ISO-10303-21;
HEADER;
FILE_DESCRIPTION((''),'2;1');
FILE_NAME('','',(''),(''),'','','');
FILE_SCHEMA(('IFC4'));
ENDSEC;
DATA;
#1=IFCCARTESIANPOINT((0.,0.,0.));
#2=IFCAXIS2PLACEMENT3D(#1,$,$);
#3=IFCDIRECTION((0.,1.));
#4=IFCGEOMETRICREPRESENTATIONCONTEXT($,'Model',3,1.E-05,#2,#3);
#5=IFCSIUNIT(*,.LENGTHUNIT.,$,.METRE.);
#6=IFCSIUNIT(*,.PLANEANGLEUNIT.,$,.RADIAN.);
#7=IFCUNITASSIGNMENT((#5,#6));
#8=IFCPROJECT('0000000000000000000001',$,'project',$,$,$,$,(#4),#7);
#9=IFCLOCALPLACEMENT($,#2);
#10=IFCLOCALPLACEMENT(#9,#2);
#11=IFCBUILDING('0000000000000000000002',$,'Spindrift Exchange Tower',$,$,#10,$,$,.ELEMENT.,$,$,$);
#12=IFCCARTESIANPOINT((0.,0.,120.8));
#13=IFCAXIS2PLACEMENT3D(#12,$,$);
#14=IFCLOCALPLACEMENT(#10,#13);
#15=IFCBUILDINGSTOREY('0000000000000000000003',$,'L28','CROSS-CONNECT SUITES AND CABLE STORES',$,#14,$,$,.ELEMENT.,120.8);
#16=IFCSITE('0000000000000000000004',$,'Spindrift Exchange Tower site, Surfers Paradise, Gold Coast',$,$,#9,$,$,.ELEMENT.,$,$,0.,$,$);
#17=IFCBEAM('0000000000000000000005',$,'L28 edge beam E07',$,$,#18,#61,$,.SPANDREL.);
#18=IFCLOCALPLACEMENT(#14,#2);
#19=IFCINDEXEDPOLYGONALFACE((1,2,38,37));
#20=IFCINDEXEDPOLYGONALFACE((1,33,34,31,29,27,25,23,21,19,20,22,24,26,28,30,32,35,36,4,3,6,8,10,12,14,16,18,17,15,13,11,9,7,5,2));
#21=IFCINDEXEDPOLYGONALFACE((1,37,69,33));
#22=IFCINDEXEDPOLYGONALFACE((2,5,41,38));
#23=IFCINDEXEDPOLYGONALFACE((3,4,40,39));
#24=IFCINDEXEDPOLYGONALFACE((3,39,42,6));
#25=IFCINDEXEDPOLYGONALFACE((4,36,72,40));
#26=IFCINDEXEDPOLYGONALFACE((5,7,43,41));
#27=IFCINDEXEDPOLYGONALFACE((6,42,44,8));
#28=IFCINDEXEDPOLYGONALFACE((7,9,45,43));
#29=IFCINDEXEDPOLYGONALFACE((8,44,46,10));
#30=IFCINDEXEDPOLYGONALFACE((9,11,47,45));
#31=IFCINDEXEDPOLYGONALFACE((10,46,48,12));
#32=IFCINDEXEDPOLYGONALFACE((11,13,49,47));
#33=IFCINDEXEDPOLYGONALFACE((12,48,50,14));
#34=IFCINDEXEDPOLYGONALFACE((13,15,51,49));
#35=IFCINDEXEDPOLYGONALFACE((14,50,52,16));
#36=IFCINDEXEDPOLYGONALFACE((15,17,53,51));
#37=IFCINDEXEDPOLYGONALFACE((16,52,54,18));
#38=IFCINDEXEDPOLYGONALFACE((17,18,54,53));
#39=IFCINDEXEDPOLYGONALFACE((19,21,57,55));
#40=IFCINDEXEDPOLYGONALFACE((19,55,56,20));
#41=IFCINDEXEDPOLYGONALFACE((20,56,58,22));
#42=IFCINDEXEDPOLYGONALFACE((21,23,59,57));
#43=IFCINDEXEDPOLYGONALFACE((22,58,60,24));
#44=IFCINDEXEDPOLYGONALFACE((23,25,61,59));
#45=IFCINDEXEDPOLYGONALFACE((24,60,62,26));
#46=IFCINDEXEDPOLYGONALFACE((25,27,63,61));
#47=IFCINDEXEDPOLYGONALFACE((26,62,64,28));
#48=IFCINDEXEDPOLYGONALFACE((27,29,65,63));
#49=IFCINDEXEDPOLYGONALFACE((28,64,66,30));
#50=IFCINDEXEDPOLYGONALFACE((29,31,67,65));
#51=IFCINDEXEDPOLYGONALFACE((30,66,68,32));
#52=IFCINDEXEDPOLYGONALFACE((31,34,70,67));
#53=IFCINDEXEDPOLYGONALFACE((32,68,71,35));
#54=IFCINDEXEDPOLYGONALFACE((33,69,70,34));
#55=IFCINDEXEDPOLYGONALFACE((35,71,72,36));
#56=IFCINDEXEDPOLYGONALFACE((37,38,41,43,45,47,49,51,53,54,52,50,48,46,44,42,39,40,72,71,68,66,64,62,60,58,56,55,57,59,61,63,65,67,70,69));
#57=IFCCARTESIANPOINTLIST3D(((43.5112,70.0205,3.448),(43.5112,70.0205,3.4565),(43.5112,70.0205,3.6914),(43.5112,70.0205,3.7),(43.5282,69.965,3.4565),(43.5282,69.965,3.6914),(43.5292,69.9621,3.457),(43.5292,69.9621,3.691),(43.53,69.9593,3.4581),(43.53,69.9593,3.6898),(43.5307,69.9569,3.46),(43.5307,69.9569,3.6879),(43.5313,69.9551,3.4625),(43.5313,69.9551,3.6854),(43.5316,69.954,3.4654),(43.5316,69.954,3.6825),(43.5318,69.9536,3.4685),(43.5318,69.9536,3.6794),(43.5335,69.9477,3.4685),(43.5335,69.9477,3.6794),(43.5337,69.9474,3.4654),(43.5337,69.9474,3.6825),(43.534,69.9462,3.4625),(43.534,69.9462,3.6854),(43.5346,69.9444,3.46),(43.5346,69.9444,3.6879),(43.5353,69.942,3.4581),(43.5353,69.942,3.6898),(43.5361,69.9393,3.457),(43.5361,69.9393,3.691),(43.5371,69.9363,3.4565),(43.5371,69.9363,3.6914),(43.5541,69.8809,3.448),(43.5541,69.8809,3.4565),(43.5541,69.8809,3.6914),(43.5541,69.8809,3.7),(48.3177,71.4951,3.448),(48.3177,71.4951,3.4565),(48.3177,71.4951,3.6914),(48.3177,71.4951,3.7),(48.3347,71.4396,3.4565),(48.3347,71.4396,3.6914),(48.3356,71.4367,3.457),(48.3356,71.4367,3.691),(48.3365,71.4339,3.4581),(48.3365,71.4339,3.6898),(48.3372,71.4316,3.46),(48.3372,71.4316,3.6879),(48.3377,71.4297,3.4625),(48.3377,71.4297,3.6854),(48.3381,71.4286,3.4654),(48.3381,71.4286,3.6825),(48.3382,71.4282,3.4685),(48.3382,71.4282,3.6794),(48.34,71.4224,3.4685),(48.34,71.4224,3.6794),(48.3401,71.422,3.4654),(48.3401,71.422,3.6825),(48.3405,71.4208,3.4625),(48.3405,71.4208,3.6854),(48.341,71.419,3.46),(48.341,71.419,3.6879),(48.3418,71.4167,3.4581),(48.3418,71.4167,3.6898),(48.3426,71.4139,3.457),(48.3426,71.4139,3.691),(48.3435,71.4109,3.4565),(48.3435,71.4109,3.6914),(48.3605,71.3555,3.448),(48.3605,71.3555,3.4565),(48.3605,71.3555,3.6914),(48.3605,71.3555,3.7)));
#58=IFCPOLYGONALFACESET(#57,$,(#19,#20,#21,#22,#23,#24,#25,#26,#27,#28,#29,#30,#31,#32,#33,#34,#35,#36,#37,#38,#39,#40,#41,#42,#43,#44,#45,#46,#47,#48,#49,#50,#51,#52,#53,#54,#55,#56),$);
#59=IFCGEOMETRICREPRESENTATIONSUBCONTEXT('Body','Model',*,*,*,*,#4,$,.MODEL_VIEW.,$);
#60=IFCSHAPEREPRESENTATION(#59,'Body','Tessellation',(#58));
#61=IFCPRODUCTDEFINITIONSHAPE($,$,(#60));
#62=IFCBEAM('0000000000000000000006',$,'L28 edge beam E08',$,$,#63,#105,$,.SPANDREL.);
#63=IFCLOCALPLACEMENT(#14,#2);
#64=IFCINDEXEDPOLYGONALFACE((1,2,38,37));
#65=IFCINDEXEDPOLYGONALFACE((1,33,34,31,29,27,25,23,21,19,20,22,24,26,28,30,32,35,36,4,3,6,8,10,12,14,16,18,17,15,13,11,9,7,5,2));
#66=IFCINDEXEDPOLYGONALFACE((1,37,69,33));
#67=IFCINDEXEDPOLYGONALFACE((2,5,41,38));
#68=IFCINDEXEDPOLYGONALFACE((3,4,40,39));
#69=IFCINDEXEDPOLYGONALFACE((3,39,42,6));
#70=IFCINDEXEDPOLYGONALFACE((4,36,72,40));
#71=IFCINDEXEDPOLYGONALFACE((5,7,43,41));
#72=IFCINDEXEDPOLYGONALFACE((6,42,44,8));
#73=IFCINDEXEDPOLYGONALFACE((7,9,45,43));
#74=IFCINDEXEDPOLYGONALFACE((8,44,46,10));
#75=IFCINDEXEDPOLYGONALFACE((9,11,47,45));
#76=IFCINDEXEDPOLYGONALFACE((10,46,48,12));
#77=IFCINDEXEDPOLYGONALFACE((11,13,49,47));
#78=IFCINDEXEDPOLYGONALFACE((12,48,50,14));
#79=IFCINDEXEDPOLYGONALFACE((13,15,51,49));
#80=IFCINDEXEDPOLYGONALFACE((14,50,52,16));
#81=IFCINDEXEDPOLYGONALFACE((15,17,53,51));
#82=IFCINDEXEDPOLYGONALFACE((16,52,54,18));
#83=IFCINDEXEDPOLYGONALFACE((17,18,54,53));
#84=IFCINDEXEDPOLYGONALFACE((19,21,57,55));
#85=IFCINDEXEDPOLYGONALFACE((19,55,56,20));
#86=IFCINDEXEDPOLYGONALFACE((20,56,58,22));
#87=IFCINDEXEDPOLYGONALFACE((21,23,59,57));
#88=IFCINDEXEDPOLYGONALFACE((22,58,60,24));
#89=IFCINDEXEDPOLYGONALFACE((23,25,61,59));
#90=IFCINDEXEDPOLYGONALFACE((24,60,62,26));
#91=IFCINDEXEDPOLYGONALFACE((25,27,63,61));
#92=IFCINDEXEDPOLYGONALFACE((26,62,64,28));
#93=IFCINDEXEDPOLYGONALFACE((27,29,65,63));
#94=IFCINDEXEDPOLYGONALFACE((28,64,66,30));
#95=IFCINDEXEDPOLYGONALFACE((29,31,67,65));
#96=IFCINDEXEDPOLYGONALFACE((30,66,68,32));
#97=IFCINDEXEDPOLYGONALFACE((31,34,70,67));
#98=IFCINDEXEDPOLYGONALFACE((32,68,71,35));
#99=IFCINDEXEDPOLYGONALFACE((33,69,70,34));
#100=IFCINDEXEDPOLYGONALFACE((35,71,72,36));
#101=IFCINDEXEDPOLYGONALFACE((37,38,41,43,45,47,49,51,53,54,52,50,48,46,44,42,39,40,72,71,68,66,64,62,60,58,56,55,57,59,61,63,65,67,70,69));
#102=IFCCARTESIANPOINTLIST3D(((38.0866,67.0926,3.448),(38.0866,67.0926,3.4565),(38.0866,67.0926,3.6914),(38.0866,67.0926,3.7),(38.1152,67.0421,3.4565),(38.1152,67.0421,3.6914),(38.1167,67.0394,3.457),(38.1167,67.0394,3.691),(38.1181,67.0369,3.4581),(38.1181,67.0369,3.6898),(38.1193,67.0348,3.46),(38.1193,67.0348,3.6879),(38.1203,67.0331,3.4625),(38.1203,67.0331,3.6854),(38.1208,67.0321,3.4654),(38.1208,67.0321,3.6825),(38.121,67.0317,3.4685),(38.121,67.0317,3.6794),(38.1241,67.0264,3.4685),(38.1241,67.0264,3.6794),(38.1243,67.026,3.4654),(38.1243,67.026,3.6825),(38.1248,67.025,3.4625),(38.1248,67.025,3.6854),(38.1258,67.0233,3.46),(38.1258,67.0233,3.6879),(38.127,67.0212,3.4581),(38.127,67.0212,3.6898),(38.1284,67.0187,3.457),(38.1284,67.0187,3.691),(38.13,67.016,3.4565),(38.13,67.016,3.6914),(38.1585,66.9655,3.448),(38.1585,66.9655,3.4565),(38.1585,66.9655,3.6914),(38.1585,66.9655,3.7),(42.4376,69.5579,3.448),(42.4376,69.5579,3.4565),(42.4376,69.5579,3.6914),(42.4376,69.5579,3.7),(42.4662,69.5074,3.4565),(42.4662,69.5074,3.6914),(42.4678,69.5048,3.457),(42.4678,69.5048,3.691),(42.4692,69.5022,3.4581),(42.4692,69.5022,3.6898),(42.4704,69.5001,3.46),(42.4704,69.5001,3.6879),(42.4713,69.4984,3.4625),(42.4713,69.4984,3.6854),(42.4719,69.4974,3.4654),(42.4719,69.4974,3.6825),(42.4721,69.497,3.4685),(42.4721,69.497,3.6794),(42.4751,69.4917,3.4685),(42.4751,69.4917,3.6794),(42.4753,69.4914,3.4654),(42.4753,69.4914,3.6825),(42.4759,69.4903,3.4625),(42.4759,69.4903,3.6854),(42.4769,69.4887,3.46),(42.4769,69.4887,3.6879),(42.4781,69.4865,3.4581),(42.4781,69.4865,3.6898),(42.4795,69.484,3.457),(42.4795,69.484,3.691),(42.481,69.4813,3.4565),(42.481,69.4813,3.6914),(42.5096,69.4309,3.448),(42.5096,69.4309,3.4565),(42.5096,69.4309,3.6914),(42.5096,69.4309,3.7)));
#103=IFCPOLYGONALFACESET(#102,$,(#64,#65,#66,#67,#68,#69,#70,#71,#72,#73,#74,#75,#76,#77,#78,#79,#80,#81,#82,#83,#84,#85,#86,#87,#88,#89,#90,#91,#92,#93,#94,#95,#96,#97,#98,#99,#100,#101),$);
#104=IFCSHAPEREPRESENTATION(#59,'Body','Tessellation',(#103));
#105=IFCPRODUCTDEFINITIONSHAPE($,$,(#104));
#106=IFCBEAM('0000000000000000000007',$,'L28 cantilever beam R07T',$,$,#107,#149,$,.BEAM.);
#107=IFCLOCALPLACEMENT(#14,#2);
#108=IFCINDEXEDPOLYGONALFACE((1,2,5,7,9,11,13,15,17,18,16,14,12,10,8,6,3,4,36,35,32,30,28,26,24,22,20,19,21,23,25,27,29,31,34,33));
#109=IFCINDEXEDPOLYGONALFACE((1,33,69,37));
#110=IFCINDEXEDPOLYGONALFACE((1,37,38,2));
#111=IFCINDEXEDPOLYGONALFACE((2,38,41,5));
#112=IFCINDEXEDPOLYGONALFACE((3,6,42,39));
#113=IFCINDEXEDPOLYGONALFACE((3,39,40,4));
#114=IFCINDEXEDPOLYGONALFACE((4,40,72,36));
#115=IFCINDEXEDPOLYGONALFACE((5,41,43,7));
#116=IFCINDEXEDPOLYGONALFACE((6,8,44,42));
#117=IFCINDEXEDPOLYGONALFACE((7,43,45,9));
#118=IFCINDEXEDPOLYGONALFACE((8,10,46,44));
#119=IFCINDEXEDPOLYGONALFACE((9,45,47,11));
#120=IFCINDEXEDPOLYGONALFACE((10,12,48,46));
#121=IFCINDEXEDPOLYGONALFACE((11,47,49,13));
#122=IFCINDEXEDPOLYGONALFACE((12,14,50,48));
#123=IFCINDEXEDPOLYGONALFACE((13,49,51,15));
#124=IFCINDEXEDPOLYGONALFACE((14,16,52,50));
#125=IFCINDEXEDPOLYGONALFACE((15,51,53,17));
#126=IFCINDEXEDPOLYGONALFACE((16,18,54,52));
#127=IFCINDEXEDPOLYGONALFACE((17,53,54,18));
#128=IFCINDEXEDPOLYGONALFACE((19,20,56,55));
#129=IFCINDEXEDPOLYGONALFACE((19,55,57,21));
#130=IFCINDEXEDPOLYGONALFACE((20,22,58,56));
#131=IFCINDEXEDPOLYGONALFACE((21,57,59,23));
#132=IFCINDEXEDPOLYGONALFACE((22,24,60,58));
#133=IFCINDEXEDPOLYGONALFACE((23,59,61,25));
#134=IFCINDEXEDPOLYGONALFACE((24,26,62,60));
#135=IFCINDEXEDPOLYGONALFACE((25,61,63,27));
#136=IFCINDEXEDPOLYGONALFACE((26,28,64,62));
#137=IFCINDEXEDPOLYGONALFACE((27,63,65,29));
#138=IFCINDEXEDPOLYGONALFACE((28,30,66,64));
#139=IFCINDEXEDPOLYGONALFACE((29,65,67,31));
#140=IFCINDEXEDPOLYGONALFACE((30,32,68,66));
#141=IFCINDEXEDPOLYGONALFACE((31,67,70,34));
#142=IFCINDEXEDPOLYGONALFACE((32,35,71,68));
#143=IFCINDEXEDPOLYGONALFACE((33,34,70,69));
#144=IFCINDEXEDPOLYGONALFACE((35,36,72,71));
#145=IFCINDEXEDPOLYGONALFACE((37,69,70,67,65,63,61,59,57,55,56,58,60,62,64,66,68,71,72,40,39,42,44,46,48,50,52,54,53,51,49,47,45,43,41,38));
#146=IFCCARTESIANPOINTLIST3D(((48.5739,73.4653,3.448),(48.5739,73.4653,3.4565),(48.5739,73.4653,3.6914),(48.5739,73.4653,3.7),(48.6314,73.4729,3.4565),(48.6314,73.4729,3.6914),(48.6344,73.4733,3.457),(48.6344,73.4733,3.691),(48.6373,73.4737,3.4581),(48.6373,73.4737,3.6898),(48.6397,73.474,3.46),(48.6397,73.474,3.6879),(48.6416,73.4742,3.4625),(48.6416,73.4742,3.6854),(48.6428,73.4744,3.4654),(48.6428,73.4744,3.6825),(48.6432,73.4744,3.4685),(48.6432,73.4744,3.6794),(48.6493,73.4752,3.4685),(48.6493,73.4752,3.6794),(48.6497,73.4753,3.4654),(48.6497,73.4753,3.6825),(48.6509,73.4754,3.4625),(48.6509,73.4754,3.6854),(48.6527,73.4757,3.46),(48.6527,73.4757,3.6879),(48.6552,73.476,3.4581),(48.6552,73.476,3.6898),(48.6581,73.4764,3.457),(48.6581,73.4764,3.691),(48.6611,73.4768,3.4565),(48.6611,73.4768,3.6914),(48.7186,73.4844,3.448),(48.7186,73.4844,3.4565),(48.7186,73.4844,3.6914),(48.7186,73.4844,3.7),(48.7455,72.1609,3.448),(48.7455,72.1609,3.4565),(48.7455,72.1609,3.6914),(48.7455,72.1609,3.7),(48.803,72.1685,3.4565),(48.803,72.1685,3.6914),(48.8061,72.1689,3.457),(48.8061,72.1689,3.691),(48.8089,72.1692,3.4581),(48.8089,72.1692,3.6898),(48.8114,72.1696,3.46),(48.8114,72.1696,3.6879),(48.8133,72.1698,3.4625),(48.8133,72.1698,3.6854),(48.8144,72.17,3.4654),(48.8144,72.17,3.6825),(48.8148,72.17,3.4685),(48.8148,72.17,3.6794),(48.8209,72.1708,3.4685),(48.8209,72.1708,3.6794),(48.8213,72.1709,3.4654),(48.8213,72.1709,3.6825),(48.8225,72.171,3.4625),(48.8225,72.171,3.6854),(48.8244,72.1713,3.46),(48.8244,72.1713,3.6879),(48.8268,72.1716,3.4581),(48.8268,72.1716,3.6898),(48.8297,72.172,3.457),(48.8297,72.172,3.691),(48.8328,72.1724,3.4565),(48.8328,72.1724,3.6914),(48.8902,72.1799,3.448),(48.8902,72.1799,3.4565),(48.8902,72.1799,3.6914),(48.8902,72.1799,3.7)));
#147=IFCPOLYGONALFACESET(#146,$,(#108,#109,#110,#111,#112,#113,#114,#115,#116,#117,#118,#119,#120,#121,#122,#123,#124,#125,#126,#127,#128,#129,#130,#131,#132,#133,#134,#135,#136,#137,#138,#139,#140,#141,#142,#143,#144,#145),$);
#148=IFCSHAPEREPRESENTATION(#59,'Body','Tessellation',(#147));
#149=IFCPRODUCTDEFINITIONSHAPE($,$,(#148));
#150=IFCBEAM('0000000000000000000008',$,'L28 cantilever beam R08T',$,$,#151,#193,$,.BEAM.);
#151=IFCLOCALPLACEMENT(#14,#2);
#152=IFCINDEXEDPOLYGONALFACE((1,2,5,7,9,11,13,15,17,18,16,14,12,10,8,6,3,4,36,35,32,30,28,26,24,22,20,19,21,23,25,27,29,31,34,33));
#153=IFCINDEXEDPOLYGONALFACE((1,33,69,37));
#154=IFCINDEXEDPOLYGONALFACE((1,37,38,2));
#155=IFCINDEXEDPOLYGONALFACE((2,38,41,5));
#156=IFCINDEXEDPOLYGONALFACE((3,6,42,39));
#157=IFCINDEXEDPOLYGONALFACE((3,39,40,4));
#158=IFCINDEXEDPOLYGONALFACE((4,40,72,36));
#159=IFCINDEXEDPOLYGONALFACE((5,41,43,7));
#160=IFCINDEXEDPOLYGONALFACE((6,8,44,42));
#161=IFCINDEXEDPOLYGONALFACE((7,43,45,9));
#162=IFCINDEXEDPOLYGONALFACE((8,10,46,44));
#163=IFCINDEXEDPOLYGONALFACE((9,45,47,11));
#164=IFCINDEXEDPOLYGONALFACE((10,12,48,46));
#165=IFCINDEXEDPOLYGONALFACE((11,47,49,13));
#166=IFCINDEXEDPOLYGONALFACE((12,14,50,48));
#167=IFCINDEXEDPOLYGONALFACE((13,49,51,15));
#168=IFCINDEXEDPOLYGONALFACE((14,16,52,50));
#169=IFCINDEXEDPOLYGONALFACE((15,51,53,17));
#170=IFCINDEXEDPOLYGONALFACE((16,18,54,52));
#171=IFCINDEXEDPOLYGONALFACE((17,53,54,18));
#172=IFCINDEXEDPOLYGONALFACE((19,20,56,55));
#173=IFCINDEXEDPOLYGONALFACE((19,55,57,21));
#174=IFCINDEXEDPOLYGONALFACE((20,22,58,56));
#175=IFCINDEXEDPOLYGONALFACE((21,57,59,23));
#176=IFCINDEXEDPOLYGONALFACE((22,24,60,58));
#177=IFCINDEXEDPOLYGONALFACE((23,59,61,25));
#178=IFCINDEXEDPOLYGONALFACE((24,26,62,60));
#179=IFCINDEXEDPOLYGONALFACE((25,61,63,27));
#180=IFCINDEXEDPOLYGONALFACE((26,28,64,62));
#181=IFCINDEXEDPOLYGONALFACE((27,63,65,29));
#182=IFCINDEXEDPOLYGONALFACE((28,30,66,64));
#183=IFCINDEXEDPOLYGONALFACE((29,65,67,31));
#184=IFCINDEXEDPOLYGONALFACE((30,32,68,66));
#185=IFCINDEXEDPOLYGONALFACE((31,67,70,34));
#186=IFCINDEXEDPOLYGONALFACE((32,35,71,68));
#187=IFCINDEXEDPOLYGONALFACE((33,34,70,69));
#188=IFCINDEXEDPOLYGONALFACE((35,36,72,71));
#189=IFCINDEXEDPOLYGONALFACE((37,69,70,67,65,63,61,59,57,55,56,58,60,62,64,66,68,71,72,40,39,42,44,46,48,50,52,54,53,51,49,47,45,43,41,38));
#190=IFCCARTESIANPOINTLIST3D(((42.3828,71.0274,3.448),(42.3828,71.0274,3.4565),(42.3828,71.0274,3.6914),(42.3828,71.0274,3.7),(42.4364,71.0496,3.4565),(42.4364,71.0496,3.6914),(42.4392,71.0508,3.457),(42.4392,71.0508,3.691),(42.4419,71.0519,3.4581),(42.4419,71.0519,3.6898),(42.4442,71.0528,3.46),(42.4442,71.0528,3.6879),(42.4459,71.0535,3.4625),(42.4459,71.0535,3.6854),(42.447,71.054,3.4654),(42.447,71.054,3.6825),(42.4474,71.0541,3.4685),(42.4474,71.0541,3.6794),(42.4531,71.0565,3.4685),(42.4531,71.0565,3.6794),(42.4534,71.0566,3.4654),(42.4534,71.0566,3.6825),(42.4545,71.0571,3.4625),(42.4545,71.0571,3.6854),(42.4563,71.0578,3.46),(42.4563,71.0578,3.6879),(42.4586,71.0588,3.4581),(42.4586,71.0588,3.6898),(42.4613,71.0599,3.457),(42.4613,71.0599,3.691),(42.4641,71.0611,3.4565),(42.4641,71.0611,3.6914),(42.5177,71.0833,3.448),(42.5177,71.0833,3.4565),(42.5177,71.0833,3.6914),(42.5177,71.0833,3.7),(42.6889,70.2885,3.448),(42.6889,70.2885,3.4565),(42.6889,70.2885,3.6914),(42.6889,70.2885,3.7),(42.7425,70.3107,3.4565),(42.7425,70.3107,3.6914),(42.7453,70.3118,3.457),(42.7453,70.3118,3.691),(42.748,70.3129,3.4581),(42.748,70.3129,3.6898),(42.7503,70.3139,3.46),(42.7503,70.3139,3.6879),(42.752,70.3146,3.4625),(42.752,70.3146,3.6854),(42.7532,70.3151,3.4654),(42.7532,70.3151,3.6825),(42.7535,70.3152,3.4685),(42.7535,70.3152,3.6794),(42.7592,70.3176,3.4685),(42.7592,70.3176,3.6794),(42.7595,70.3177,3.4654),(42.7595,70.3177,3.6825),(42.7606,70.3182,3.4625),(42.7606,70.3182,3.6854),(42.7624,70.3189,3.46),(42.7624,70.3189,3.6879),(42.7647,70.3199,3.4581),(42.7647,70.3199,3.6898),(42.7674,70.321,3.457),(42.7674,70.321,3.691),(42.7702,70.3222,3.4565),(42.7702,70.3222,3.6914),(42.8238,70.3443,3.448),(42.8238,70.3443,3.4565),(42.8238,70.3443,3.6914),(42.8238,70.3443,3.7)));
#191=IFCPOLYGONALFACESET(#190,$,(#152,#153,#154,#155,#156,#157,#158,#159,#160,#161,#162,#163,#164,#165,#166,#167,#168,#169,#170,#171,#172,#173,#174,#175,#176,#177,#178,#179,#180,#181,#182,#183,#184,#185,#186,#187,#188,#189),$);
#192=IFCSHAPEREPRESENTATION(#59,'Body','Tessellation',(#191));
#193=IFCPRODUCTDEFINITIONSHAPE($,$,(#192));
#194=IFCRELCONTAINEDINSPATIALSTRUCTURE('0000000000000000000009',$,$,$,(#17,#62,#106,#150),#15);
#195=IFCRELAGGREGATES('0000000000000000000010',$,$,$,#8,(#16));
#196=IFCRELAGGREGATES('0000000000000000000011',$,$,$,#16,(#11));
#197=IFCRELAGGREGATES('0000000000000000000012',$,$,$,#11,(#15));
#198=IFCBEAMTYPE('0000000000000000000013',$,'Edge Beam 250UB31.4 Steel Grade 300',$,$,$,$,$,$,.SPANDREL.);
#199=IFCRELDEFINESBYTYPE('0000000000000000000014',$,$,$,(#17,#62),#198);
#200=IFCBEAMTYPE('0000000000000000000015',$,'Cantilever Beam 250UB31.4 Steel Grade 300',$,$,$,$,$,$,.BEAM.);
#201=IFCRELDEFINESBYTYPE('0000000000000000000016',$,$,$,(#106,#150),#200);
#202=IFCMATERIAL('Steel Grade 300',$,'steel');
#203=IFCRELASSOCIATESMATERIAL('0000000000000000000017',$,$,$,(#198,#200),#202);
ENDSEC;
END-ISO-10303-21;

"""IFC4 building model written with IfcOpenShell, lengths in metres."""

from ifc_helpers import new_model, si_unit, direction, frame, origin, origin_2d, place, context, subcontext, project, spatial, i_section, extrude, source, transform, mapped, material, material_profile, profile_set, type_object, element, save


model = new_model("IFC4")

# Units and contexts
model_context = context("Model", 3, precision=1e-05, world=origin(), true_north=direction((0.0, 1.0)))
body_context = subcontext(model_context, "Body", "Model", "MODEL_VIEW")
ifc_project = project(units=[si_unit("LENGTHUNIT", "METRE"), si_unit("PLANEANGLEUNIT", "RADIAN")], contexts=[model_context])

# Site, building, storey
site_placement = place(None, origin())
site = spatial("IfcSite", under=ifc_project, at=site_placement, Name="Spindrift Exchange Tower site, Surfers Paradise, Gold Coast", CompositionType="ELEMENT", RefElevation=0.0)
building_placement = place(site_placement, origin())
building = spatial("IfcBuilding", under=site, at=building_placement, Name="Spindrift Exchange Tower", CompositionType="ELEMENT")
storey_placement = place(building_placement, frame((0.0, 0.0, 120.8)))
storey = spatial("IfcBuildingStorey", under=building, at=storey_placement, Name="L28", Description="CROSS-CONNECT SUITES AND CABLE STORES", CompositionType="ELEMENT", Elevation=120.8)

# Beams
ifc_material_1 = material(Name="Steel Grade 300", Category="steel")
ifc_material_profile_1 = material_profile(ifc_material_1, i_section(OverallWidth=0.146, OverallDepth=0.252, WebThickness=0.0061, FlangeThickness=0.0085, FilletRadius=0.012, at=origin_2d()), Name="250UB31.4")
ifc_profile_set_1 = profile_set([ifc_material_profile_1], Name="Steel Grade 300")
beam_type_1 = type_object("IfcBeamType", Name="Edge Beam 250UB31.4 Steel Grade 300", PredefinedType="SPANDREL", material=ifc_profile_set_1)
shared_shape_1 = source(origin(), body_context, "Body", "SweptSolid", [
    extrude(i_section(OverallWidth=0.146, OverallDepth=0.252, WebThickness=0.0061, FlangeThickness=0.0085, FilletRadius=0.012, at=origin_2d()), origin(), (0.0, 0.0, 1.0), 5.0276),
])
beam_1_placement = place(storey_placement, frame((48.3391, 71.4253, 3.574), z_axis=(-0.956018, -0.293308, 0.0), x_axis=(0.293308, -0.956018, 0.0)))
element("IfcBeam", 1, at=beam_1_placement, inside=storey, type_object=beam_type_1, Name="L28 edge beam E07", PredefinedType="SPANDREL", context=body_context, shape_type="MappedRepresentation", body=[
    mapped(shared_shape_1, transform((0.0, 0.0, 0.0), scale=1.0)),
])
shared_shape_2 = source(origin(), body_context, "Body", "SweptSolid", [
    extrude(i_section(OverallWidth=0.146, OverallDepth=0.252, WebThickness=0.0061, FlangeThickness=0.0085, FilletRadius=0.012, at=origin_2d()), origin(), (0.0, 0.0, 1.0), 5.001),
])
beam_2_placement = place(storey_placement, frame((42.4736, 69.4944, 3.574), z_axis=(-0.870046, -0.492971, 0.0), x_axis=(0.492971, -0.870046, 0.0)))
element("IfcBeam", 2, at=beam_2_placement, inside=storey, type_object=beam_type_1, Name="L28 edge beam E08", PredefinedType="SPANDREL", context=body_context, shape_type="MappedRepresentation", body=[
    mapped(shared_shape_2, transform((0.0, 0.0, 0.0), scale=1.0)),
])
ifc_material_profile_2 = material_profile(ifc_material_1, i_section(OverallWidth=0.146, OverallDepth=0.252, WebThickness=0.0061, FlangeThickness=0.0085, FilletRadius=0.012, at=origin_2d()), Name="250UB31.4")
ifc_profile_set_2 = profile_set([ifc_material_profile_2], Name="Steel Grade 300")
beam_type_2 = type_object("IfcBeamType", Name="Cantilever Beam 250UB31.4 Steel Grade 300", PredefinedType="BEAM", material=ifc_profile_set_2)
shared_shape_3 = source(origin(), body_context, "Body", "SweptSolid", [
    extrude(i_section(OverallWidth=0.146, OverallDepth=0.252, WebThickness=0.0061, FlangeThickness=0.0085, FilletRadius=0.012, at=origin_2d()), origin(), (0.0, 0.0, 1.0), 1.3157),
])
beam_3_placement = place(storey_placement, frame((48.8179, 72.1704, 3.574), z_axis=(-0.13045, 0.991455, 0.0), x_axis=(-0.991455, -0.13045, 0.0)))
element("IfcBeam", 3, at=beam_3_placement, inside=storey, type_object=beam_type_2, Name="L28 cantilever beam R07T", PredefinedType="BEAM", context=body_context, shape_type="MappedRepresentation", body=[
    mapped(shared_shape_3, transform((0.0, 0.0, 0.0), scale=1.0)),
])
shared_shape_4 = source(origin(), body_context, "Body", "SweptSolid", [
    extrude(i_section(OverallWidth=0.146, OverallDepth=0.252, WebThickness=0.0061, FlangeThickness=0.0085, FilletRadius=0.012, at=origin_2d()), origin(), (0.0, 0.0, 1.0), 0.7998),
])
beam_4_placement = place(storey_placement, frame((42.7563, 70.3164, 3.574), z_axis=(-0.382729, 0.923861, 0.0), x_axis=(-0.923861, -0.382729, 0.0)))
element("IfcBeam", 4, at=beam_4_placement, inside=storey, type_object=beam_type_2, Name="L28 cantilever beam R08T", PredefinedType="BEAM", context=body_context, shape_type="MappedRepresentation", body=[
    mapped(shared_shape_4, transform((0.0, 0.0, 0.0), scale=1.0)),
])

save(model, "model.ifc")
